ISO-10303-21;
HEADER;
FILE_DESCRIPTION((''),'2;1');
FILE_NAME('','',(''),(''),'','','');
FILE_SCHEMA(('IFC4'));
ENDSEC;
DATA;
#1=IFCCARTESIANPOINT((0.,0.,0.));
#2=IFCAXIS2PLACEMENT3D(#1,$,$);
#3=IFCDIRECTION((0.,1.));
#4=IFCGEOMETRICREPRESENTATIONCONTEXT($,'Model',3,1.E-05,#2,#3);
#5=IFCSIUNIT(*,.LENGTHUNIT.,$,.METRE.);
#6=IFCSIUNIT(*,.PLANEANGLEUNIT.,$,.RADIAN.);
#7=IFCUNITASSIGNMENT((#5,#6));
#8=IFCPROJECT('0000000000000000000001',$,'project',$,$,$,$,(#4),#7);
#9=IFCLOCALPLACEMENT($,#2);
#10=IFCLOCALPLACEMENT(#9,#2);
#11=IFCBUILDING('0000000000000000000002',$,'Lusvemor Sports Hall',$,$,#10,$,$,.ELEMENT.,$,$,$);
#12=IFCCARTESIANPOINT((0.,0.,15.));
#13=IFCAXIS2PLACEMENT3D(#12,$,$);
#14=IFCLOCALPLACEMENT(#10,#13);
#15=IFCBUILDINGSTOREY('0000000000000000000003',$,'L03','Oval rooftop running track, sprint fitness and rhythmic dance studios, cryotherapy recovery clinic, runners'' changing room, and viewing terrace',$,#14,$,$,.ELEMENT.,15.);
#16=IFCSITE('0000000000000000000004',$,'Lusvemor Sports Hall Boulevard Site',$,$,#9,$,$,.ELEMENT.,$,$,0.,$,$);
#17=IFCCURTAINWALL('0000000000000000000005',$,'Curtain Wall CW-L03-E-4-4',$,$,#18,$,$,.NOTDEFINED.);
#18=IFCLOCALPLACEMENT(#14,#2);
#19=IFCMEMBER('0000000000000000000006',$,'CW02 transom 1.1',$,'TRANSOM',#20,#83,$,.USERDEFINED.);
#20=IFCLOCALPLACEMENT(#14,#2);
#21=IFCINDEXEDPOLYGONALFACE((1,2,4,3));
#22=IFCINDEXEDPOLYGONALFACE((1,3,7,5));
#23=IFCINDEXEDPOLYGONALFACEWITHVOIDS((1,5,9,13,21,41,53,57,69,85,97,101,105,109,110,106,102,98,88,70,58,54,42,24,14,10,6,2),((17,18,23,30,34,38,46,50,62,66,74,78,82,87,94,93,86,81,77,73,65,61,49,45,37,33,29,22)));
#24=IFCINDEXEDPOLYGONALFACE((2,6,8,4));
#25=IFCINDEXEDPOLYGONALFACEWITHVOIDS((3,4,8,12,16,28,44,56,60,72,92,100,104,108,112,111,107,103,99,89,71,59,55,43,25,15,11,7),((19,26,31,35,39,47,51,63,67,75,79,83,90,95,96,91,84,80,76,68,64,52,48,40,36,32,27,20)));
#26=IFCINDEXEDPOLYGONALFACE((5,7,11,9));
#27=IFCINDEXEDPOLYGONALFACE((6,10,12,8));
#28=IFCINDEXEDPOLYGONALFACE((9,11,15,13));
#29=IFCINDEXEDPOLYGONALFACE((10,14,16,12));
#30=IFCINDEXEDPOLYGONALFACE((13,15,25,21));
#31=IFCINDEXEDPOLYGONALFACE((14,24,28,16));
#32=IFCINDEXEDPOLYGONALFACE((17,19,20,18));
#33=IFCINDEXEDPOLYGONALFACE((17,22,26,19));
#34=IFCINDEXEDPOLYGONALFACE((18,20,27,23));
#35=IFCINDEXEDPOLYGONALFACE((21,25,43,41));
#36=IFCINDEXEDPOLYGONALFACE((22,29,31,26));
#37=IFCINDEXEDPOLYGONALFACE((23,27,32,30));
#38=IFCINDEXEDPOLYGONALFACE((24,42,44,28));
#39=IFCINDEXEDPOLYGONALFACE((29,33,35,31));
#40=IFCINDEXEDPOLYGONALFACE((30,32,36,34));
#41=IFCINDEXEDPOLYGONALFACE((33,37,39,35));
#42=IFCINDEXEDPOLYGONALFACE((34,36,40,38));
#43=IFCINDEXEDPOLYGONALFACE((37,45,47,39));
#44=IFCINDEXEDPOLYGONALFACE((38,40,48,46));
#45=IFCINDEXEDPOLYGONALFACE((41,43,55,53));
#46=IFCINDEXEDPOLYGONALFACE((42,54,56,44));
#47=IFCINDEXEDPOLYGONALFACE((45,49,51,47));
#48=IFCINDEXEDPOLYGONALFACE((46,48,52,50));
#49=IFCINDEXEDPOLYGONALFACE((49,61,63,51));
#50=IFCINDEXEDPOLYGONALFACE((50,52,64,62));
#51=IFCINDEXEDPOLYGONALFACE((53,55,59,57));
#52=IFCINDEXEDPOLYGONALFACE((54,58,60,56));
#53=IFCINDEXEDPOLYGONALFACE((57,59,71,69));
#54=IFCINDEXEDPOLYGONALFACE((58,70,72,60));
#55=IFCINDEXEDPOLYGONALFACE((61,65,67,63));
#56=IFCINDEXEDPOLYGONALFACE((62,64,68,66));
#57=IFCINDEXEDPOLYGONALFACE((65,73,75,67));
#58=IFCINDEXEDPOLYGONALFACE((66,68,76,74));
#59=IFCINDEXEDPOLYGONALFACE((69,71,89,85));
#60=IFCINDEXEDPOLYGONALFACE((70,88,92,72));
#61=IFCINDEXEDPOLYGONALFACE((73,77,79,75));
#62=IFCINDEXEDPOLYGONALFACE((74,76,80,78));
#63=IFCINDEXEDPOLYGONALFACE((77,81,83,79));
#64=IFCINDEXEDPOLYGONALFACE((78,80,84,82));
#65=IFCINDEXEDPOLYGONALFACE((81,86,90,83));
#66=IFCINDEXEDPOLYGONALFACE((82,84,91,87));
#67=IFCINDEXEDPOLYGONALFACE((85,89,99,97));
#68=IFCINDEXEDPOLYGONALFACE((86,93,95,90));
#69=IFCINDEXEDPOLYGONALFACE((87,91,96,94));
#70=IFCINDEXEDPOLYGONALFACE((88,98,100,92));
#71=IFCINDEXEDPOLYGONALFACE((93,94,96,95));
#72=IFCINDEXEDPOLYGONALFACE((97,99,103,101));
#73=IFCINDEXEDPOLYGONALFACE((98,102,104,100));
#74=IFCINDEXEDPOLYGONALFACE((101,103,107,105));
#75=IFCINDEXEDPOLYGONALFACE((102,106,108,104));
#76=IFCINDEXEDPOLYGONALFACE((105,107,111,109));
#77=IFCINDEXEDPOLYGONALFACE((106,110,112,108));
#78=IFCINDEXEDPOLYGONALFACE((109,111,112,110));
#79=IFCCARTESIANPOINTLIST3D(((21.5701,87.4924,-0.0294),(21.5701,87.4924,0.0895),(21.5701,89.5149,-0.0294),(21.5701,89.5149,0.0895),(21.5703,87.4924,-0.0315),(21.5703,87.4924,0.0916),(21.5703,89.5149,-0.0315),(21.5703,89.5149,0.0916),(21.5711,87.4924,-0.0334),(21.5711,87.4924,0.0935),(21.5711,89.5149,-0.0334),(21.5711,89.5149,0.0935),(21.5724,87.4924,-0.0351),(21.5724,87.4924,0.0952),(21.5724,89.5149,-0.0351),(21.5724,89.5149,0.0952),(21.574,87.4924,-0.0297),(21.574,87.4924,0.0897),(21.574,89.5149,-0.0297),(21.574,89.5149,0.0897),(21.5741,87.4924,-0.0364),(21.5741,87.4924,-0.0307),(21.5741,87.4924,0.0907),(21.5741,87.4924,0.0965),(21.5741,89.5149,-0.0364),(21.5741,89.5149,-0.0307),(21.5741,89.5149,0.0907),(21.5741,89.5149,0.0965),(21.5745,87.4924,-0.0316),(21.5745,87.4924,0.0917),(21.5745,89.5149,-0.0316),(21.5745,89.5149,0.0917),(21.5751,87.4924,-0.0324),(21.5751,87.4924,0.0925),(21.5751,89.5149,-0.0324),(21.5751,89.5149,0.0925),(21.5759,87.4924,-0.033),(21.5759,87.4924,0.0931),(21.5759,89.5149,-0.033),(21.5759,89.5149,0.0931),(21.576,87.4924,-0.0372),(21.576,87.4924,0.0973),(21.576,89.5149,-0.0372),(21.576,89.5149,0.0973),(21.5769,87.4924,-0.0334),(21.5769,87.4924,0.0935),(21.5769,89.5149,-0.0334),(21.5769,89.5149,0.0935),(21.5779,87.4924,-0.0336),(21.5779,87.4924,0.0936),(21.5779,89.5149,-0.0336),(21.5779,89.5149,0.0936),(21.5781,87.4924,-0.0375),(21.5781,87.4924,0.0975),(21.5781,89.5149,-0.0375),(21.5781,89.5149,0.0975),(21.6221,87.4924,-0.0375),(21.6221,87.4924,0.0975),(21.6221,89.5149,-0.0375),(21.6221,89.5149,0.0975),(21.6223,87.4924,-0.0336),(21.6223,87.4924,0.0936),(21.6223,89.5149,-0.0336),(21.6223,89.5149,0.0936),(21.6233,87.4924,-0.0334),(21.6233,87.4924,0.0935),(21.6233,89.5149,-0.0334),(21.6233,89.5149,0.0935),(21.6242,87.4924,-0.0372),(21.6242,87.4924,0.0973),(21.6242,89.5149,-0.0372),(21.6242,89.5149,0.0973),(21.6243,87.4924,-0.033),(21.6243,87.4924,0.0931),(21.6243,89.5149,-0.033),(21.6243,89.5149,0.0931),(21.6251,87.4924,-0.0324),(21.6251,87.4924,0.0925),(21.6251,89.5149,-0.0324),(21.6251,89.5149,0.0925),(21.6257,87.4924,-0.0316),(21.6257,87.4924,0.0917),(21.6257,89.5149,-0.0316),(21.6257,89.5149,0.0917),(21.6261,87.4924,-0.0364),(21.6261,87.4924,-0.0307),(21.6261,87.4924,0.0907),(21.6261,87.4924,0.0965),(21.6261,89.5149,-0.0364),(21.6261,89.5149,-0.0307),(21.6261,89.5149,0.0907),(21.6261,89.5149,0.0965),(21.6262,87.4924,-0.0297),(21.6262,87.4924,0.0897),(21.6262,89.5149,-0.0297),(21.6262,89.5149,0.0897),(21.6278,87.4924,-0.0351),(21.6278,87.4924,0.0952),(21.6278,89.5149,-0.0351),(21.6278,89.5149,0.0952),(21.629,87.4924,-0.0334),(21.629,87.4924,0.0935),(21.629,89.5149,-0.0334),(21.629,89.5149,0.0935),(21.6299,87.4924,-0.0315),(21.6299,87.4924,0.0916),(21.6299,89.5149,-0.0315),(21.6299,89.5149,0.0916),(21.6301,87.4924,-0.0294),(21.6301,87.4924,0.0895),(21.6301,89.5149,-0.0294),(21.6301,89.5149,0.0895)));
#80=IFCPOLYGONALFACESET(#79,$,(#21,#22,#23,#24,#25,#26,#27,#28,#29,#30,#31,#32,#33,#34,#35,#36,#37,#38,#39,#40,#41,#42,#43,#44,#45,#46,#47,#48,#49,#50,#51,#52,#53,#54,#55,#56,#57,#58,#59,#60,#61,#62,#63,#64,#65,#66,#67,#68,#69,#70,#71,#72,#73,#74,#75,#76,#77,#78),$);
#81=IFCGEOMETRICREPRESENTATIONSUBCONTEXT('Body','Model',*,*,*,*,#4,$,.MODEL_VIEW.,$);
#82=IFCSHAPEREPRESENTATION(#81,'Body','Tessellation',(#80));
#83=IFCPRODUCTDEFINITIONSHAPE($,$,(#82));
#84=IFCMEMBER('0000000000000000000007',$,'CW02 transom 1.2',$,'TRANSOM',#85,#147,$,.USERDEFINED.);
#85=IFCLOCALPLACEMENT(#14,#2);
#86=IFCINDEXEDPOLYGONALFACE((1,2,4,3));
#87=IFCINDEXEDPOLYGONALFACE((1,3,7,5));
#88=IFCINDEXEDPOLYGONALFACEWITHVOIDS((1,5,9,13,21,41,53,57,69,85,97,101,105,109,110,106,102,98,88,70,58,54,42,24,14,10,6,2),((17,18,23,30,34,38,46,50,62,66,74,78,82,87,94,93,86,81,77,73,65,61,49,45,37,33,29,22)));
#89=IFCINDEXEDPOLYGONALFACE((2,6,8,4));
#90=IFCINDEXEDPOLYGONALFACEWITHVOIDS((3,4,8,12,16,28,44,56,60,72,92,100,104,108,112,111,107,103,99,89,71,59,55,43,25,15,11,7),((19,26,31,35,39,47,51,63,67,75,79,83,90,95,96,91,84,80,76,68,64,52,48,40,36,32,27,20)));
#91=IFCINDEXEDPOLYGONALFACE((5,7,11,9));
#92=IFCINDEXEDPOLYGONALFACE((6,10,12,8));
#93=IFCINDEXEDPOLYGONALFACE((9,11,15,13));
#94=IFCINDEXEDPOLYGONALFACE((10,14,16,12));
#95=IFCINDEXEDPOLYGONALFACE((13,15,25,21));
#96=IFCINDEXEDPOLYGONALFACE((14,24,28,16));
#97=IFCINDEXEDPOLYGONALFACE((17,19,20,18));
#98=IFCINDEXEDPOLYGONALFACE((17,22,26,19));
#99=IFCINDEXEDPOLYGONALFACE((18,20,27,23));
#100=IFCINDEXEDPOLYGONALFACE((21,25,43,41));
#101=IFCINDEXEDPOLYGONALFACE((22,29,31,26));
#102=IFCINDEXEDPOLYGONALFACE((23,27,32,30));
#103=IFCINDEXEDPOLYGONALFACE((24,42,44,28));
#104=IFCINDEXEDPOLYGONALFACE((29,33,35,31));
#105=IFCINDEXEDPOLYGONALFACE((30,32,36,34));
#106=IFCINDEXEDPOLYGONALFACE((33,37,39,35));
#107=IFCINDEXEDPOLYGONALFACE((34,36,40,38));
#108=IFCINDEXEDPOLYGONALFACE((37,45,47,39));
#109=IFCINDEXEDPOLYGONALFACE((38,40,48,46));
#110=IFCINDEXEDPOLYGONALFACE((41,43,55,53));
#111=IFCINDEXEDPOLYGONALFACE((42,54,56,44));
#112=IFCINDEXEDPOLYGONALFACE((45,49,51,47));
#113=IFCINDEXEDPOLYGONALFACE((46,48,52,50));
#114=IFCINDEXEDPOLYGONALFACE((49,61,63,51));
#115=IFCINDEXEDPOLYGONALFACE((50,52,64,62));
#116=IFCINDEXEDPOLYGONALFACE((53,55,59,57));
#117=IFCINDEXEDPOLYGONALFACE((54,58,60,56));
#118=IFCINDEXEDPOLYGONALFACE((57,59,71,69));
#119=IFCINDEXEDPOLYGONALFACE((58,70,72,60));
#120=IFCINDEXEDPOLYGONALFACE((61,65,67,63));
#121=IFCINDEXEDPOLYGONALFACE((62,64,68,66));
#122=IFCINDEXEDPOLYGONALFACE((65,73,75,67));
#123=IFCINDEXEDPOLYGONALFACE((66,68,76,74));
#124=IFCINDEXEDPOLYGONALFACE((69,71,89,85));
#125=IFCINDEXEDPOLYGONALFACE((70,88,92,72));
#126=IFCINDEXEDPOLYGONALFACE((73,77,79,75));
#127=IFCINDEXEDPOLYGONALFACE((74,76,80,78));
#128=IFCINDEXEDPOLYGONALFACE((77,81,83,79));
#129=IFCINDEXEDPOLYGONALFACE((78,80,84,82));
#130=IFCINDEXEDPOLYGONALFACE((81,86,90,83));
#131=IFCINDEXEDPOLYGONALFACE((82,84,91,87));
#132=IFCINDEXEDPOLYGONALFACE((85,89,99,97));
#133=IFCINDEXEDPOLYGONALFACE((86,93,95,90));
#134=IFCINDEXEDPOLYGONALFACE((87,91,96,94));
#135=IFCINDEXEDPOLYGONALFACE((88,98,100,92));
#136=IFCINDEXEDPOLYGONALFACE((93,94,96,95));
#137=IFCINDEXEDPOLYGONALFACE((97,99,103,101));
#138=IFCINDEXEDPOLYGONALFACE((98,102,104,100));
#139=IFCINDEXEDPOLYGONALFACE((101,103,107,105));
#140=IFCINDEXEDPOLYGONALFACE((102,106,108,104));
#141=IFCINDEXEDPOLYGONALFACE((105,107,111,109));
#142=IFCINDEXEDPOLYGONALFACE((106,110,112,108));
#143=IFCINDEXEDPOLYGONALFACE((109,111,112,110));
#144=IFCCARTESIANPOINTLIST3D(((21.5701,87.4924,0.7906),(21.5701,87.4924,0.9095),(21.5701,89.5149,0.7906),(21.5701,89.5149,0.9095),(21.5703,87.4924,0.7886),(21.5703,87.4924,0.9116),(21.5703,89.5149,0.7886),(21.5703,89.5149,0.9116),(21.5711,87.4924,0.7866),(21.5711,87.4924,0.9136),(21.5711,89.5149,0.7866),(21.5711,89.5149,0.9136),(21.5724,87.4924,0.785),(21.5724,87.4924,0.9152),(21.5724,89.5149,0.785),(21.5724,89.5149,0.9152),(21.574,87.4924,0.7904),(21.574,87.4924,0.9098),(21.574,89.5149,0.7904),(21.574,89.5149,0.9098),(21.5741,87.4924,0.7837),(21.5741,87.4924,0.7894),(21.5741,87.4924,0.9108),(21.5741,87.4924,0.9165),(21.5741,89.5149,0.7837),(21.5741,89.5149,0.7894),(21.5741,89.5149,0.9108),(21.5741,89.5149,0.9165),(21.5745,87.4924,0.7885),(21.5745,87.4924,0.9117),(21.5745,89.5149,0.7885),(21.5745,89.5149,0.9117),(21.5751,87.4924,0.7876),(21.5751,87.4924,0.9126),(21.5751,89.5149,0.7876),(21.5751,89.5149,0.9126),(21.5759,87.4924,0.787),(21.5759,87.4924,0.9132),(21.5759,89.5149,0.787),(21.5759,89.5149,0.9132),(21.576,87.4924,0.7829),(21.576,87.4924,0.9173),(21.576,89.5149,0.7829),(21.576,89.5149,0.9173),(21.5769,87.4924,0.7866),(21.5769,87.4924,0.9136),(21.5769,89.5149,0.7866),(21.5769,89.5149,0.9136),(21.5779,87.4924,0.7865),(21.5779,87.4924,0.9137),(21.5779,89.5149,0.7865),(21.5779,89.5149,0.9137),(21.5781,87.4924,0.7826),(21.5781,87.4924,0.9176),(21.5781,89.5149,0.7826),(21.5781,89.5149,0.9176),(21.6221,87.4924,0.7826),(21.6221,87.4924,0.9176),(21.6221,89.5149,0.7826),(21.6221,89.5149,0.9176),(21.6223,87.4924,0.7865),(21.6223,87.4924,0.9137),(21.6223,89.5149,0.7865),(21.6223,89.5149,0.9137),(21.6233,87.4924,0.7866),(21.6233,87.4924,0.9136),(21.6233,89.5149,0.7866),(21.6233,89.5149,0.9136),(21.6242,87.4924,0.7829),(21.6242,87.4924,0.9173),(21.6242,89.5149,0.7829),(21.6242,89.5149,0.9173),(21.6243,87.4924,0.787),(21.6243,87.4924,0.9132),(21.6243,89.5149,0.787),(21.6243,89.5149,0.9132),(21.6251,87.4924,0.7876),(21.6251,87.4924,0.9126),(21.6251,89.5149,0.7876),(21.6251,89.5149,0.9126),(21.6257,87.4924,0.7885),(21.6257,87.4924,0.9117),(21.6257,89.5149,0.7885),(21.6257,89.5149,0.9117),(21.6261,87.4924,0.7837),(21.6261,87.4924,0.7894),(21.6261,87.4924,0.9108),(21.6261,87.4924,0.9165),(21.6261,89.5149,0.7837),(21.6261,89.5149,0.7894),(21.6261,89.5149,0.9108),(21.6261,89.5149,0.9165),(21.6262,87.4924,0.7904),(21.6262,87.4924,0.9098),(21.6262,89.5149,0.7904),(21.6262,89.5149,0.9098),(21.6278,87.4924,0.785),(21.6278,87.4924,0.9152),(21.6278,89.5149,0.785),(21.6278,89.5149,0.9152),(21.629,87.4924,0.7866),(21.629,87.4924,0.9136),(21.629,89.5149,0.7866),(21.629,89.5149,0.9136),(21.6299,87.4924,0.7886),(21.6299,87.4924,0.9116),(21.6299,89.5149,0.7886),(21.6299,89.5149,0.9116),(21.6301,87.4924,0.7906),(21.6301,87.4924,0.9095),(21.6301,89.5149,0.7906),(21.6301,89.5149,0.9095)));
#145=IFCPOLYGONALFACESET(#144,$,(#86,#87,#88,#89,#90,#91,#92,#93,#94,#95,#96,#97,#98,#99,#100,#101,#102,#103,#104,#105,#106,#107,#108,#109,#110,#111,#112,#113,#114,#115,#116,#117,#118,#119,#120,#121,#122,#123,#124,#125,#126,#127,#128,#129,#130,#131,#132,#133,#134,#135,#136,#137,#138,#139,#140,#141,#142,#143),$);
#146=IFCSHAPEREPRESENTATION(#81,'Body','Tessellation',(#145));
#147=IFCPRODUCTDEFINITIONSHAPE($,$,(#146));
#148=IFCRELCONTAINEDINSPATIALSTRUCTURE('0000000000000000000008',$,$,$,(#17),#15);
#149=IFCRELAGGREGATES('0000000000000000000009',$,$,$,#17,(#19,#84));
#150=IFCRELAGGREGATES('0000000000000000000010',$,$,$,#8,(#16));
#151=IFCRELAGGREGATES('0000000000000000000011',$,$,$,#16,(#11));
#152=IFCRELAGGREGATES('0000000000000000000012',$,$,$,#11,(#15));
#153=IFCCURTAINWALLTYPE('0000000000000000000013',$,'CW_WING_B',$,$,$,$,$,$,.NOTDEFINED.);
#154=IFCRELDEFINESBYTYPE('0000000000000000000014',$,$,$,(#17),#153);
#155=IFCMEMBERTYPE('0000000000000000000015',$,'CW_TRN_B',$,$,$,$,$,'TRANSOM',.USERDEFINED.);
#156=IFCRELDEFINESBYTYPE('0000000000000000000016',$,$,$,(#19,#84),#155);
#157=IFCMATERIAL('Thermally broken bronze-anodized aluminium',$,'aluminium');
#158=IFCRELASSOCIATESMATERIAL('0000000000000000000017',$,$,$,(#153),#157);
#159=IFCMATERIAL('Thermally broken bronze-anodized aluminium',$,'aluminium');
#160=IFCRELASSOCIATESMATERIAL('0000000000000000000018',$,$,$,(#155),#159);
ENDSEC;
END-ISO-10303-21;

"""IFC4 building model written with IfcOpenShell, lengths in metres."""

from ifc_helpers import new_model, si_unit, direction, frame, origin, origin_2d, place, context, subcontext, project, spatial, hollow_rectangle, extrude, material, material_profile, profile_set, type_object, element, aggregate, save


model = new_model("IFC4")

# Units and contexts
model_context = context("Model", 3, precision=1e-05, world=origin(), true_north=direction((0.0, 1.0)))
body_context = subcontext(model_context, "Body", "Model", "MODEL_VIEW")
ifc_project = project(units=[si_unit("LENGTHUNIT", "METRE"), si_unit("PLANEANGLEUNIT", "RADIAN")], contexts=[model_context])

# Site, building, storey
site_placement = place(None, origin())
site = spatial("IfcSite", under=ifc_project, at=site_placement, Name="Lusvemor Sports Hall Boulevard Site", CompositionType="ELEMENT", RefElevation=0.0)
building_placement = place(site_placement, origin())
building = spatial("IfcBuilding", under=site, at=building_placement, Name="Lusvemor Sports Hall", CompositionType="ELEMENT")
storey_placement = place(building_placement, frame((0.0, 0.0, 15.0)))
storey = spatial("IfcBuildingStorey", under=building, at=storey_placement, Name="L03", Description="Oval rooftop running track, sprint fitness and rhythmic dance studios, cryotherapy recovery clinic, runners' changing room, and viewing terrace", CompositionType="ELEMENT", Elevation=15.0)

# Curtain wall, members
ifc_material_1 = material(Name="Thermally broken bronze-anodized aluminium", Category="aluminium")
curtain_wall_type = type_object("IfcCurtainWallType", Name="CW_WING_B", PredefinedType="NOTDEFINED", material=ifc_material_1)
curtain_wall_placement = place(storey_placement, origin())
curtain_wall = element("IfcCurtainWall", 1, at=curtain_wall_placement, inside=storey, type_object=curtain_wall_type, Name="Curtain Wall CW-L03-E-4-4", PredefinedType="NOTDEFINED")
ifc_material_2 = material(Name="Thermally broken bronze-anodized aluminium", Category="aluminium")
ifc_material_profile_1 = material_profile(ifc_material_2, hollow_rectangle(XDim=0.0601, YDim=0.135, WallThickness=0.0039, InnerFilletRadius=0.0039, OuterFilletRadius=0.0081, at=origin_2d()), Name="CWTRN135x60x4")
ifc_profile_set_1 = profile_set([ifc_material_profile_1], Name="Thermally broken bronze-anodized aluminium")
member_type_1 = type_object("IfcMemberType", Name="CW_TRN_B", ElementType="TRANSOM", PredefinedType="USERDEFINED", material=ifc_profile_set_1)
member_1_placement = place(storey_placement, frame((21.6001, 89.5149, 0.03), z_axis=(0.0, -1.0, 0.0), x_axis=(1.0, 0.0, 0.0)))
member_1 = element("IfcMember", 2, at=member_1_placement, type_object=member_type_1, Name="CW02 transom 1.1", ObjectType="TRANSOM", PredefinedType="USERDEFINED", context=body_context, shape_type="SweptSolid", body=[
    extrude(hollow_rectangle(XDim=0.0601, YDim=0.135, WallThickness=0.0039, InnerFilletRadius=0.0039, OuterFilletRadius=0.0081, at=origin_2d()), origin(), (0.0, 0.0, 1.0), 2.0225),
])
member_2_placement = place(storey_placement, frame((21.6001, 89.5149, 0.8501), z_axis=(0.0, -1.0, 0.0), x_axis=(1.0, 0.0, 0.0)))
member_2 = element("IfcMember", 3, at=member_2_placement, type_object=member_type_1, Name="CW02 transom 1.2", ObjectType="TRANSOM", PredefinedType="USERDEFINED", context=body_context, shape_type="SweptSolid", body=[
    extrude(hollow_rectangle(XDim=0.0601, YDim=0.135, WallThickness=0.0039, InnerFilletRadius=0.0039, OuterFilletRadius=0.0081, at=origin_2d()), origin(), (0.0, 0.0, 1.0), 2.0225),
])

aggregate(curtain_wall, [member_1, member_2])

save(model, "model.ifc")
